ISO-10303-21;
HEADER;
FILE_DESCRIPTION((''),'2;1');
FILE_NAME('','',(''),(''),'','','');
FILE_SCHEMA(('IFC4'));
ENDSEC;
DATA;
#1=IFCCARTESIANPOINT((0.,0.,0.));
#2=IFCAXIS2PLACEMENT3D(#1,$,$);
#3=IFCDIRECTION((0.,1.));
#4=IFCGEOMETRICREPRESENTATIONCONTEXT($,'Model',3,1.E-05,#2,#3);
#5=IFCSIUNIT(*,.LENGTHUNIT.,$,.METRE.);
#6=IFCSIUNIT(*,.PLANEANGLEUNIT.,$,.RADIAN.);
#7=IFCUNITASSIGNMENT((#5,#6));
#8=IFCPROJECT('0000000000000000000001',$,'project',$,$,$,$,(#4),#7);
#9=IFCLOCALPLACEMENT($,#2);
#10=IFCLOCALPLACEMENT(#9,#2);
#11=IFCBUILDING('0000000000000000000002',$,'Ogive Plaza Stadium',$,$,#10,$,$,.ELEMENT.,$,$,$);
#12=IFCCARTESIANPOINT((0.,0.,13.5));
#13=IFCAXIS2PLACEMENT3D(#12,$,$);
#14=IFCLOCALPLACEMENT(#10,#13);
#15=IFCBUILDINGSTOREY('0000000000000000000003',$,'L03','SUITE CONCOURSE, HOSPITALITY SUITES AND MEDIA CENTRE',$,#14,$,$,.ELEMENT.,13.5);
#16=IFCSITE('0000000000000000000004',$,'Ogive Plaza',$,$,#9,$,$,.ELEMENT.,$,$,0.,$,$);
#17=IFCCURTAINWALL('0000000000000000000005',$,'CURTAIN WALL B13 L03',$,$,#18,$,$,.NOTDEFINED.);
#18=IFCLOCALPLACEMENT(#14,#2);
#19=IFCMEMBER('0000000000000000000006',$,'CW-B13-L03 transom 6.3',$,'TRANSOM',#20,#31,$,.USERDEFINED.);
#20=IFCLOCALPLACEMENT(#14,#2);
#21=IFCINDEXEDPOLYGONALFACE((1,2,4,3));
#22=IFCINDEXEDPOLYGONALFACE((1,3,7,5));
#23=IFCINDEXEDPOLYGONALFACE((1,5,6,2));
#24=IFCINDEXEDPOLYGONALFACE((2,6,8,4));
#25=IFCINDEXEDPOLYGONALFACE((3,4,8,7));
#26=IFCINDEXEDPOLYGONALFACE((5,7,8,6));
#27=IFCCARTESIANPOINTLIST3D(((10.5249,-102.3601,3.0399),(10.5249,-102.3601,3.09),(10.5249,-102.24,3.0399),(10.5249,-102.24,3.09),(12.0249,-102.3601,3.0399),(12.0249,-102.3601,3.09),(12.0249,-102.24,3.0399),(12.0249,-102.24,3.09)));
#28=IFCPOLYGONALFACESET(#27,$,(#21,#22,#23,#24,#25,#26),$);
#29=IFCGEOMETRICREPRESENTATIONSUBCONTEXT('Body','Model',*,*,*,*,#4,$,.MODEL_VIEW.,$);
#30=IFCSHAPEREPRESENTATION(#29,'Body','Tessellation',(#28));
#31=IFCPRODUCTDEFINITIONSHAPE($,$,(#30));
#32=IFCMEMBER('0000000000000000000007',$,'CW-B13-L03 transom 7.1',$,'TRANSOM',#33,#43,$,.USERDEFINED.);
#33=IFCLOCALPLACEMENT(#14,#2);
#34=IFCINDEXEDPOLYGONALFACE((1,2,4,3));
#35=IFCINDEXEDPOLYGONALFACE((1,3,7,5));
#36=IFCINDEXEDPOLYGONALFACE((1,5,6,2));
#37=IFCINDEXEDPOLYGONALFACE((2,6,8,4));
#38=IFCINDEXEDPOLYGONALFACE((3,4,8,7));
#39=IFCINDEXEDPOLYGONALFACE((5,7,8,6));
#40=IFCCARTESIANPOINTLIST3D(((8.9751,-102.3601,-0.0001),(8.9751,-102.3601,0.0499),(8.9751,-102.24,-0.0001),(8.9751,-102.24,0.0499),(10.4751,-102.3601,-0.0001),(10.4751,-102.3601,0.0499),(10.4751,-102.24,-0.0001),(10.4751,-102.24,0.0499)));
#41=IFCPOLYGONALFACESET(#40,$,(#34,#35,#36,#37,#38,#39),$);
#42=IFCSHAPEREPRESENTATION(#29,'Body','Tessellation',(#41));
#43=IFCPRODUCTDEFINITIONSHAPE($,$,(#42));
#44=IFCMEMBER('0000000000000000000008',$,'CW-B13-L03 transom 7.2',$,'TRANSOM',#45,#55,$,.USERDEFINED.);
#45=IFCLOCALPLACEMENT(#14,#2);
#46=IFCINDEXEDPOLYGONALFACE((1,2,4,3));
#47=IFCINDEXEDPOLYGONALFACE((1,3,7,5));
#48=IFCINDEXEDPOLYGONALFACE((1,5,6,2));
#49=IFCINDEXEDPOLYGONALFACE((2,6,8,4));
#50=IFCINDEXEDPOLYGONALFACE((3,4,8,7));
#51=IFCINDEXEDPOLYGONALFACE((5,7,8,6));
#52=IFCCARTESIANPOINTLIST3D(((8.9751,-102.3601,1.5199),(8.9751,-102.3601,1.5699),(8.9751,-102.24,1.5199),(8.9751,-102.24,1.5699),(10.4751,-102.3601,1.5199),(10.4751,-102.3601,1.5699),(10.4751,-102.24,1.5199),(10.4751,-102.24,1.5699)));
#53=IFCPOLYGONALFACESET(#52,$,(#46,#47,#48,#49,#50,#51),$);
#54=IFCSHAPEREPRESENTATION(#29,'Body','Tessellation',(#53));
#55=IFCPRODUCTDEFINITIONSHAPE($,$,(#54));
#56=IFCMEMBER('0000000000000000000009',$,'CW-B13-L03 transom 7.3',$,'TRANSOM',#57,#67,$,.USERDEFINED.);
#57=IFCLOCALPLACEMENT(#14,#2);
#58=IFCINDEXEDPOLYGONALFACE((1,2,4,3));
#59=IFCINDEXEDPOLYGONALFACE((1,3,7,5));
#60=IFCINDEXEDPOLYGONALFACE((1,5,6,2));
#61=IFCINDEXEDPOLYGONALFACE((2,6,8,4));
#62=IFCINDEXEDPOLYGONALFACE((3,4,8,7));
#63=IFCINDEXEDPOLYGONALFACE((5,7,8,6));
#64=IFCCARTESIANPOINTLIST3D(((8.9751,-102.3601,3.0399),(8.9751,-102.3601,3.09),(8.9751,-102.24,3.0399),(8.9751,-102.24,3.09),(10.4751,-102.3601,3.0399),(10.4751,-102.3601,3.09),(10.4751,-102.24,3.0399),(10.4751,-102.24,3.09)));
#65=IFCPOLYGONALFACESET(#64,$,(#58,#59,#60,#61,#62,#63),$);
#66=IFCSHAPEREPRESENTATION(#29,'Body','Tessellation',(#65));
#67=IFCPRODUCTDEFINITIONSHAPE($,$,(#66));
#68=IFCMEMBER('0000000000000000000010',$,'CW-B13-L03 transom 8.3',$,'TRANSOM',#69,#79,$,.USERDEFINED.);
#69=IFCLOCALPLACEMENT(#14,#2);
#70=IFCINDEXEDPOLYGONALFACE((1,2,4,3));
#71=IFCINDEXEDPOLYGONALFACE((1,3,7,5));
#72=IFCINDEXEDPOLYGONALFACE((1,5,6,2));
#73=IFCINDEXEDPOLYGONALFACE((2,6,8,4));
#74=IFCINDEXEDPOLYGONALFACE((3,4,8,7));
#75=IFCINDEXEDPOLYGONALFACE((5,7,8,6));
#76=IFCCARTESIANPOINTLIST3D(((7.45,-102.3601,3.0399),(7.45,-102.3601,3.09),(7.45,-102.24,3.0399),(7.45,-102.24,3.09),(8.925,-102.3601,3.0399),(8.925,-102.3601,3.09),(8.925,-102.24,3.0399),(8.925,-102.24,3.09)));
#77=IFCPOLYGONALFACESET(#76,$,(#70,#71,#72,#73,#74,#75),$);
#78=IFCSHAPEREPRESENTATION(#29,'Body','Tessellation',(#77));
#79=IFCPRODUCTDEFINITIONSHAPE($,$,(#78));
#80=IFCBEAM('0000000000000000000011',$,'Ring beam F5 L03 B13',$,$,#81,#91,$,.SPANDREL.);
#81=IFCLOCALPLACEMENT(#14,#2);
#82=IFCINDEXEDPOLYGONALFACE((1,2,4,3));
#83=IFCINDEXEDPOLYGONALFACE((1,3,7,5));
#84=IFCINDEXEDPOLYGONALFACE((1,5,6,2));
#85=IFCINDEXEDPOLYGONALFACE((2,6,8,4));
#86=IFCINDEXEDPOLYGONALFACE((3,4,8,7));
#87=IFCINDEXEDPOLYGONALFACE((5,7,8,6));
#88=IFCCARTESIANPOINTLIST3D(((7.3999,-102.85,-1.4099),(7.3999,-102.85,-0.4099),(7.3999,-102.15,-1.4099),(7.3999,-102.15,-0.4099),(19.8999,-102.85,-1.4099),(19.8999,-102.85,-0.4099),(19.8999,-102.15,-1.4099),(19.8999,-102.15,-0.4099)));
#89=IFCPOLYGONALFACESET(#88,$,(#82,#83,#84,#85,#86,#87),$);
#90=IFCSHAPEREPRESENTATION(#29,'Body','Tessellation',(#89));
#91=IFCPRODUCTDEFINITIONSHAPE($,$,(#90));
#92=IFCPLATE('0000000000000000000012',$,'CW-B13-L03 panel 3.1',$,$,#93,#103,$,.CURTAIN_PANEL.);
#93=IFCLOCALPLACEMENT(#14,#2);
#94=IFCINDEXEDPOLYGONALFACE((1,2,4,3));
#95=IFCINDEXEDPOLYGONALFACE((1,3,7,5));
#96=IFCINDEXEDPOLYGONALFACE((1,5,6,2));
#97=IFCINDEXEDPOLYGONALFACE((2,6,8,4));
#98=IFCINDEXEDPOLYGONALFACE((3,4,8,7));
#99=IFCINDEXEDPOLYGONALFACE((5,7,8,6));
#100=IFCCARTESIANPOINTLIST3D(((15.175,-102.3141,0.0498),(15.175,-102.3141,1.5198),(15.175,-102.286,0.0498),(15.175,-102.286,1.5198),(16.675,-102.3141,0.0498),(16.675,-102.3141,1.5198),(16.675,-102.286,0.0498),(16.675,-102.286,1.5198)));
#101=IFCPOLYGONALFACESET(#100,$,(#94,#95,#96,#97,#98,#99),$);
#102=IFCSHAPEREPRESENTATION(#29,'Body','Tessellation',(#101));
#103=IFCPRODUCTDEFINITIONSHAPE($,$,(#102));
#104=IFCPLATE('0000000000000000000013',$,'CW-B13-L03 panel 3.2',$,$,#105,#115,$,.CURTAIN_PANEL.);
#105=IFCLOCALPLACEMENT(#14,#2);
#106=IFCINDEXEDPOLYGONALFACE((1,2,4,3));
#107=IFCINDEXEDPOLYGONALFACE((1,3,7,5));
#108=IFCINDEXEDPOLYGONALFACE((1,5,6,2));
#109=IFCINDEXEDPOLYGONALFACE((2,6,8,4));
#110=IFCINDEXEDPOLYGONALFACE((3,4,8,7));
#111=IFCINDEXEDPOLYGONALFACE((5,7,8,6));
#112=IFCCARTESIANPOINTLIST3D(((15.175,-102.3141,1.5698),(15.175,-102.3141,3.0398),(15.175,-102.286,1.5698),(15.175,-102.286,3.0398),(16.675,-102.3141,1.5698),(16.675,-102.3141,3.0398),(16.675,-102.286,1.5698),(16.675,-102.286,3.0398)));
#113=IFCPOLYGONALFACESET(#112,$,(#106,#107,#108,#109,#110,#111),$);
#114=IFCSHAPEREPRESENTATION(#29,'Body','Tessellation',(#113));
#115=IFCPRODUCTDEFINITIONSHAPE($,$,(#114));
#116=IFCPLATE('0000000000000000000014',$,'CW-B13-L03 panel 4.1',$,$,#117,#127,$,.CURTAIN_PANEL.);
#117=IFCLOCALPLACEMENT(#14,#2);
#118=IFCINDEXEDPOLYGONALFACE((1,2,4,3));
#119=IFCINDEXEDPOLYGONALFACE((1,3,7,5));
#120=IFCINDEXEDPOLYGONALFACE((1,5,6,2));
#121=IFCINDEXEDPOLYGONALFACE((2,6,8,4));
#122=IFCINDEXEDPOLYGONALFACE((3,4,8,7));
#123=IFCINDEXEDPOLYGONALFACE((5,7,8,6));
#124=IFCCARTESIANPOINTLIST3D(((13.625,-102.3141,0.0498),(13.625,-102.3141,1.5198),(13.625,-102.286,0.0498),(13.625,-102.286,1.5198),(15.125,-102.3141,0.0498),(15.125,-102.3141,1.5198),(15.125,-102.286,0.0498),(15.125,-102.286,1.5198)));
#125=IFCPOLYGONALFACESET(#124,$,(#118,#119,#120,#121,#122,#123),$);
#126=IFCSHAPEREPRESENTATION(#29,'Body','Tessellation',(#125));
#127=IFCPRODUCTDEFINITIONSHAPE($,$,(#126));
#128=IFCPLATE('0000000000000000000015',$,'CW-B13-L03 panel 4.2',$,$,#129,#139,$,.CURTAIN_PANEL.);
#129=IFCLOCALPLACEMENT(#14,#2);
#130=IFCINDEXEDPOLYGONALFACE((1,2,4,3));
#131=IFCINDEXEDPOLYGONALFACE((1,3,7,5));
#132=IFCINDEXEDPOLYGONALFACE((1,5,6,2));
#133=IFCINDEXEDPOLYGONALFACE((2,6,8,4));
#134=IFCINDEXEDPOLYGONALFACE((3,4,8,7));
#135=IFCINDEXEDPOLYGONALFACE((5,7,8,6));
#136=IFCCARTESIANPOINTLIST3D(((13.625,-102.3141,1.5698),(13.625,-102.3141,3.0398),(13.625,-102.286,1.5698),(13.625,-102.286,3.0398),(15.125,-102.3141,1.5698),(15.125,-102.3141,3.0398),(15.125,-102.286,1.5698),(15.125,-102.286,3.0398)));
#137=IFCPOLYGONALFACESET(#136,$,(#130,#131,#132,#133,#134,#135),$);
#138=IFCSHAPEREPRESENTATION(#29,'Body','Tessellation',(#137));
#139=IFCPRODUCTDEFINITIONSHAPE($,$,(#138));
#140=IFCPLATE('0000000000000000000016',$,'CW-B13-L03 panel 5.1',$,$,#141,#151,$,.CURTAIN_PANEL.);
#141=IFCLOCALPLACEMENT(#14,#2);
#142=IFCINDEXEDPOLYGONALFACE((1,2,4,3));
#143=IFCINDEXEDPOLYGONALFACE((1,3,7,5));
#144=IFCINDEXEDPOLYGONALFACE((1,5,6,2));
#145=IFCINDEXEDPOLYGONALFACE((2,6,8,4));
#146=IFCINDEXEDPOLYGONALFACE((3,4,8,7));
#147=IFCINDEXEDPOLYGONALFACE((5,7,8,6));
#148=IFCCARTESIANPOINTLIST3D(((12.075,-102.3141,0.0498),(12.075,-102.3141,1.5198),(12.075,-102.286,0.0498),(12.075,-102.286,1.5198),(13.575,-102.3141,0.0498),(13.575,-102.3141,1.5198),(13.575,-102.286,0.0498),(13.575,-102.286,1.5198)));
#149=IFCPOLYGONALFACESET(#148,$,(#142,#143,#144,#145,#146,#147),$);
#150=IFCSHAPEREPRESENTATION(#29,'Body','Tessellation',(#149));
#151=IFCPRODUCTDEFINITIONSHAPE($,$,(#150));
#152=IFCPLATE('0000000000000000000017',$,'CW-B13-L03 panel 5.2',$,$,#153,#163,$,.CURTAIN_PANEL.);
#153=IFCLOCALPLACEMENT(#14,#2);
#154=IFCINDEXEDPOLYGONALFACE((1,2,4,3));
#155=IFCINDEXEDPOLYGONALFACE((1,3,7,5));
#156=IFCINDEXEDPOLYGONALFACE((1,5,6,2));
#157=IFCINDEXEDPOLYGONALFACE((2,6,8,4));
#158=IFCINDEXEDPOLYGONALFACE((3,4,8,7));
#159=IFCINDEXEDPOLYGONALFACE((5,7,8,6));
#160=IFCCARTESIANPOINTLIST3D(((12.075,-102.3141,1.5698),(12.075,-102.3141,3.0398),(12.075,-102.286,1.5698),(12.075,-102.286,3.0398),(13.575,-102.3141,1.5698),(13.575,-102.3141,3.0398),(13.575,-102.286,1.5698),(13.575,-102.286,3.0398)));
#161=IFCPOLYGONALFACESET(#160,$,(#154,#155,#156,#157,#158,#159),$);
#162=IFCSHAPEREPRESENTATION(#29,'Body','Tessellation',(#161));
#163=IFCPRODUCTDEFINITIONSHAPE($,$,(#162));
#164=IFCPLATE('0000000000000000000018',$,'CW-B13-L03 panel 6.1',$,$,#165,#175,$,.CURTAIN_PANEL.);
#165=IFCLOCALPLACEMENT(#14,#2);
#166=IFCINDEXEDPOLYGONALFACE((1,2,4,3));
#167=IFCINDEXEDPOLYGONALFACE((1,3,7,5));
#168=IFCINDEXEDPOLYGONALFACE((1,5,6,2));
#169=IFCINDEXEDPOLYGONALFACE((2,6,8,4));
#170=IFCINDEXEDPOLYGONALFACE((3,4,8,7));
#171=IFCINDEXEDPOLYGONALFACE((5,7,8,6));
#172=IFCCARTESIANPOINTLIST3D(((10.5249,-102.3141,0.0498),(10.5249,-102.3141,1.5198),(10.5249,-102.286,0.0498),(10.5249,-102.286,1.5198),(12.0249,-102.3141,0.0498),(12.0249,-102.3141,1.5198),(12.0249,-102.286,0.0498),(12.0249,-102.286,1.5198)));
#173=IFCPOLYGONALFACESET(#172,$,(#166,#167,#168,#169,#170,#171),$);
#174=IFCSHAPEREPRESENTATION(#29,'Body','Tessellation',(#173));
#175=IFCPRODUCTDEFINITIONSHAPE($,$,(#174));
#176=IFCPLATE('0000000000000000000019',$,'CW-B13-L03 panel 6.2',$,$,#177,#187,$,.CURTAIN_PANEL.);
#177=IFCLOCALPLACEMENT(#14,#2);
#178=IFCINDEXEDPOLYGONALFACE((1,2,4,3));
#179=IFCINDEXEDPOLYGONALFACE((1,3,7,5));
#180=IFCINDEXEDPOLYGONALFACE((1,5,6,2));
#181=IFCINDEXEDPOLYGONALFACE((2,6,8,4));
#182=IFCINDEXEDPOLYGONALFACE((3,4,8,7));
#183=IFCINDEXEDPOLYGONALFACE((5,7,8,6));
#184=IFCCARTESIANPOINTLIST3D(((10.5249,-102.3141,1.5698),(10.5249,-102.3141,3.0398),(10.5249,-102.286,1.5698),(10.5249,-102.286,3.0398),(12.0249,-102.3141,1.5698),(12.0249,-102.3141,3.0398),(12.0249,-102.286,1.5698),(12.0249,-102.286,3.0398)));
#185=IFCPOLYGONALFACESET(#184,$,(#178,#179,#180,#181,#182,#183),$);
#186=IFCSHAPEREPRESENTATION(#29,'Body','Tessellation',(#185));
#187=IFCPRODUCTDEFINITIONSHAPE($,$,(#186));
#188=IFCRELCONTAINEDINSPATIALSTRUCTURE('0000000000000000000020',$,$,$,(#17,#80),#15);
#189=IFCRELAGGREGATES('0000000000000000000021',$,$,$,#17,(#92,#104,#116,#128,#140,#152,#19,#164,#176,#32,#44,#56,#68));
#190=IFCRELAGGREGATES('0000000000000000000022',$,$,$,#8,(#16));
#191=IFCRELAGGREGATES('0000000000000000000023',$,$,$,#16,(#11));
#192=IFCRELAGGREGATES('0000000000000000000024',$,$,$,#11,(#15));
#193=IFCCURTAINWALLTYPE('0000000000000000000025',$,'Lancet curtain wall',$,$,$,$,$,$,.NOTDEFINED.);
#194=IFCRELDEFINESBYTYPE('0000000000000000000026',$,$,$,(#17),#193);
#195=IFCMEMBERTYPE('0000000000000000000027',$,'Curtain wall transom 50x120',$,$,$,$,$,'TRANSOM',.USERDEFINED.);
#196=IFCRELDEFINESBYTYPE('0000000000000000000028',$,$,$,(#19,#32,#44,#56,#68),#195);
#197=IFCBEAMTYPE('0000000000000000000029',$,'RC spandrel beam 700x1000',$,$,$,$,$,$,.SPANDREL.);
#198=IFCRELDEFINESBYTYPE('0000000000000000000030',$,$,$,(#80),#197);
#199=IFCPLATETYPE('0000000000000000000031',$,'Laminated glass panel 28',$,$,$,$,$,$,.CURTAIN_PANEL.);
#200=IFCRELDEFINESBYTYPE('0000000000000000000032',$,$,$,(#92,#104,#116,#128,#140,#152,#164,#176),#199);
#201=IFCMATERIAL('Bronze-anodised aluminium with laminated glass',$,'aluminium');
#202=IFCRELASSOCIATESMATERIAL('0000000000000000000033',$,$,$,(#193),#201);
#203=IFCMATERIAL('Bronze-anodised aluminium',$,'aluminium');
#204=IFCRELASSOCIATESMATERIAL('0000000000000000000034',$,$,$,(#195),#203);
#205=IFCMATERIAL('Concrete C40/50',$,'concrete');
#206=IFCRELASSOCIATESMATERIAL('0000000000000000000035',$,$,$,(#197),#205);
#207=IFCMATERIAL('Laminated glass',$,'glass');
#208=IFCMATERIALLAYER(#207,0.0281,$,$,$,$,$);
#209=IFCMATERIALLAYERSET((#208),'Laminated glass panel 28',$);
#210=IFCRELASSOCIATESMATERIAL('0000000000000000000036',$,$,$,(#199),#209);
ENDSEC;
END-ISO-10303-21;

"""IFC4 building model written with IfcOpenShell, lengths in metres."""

from ifc_helpers import new_model, si_unit, direction, frame, origin, origin_2d, place, context, subcontext, project, spatial, rectangle, extrude, material, layer, layer_set, material_profile, profile_set, type_object, element, aggregate, save


model = new_model("IFC4")

# Units and contexts
model_context = context("Model", 3, precision=1e-05, world=origin(), true_north=direction((0.0, 1.0)))
body_context = subcontext(model_context, "Body", "Model", "MODEL_VIEW")
ifc_project = project(units=[si_unit("LENGTHUNIT", "METRE"), si_unit("PLANEANGLEUNIT", "RADIAN")], contexts=[model_context])

# Site, building, storey
site_placement = place(None, origin())
site = spatial("IfcSite", under=ifc_project, at=site_placement, Name="Ogive Plaza", CompositionType="ELEMENT", RefElevation=0.0)
building_placement = place(site_placement, origin())
building = spatial("IfcBuilding", under=site, at=building_placement, Name="Ogive Plaza Stadium", CompositionType="ELEMENT")
storey_placement = place(building_placement, frame((0.0, 0.0, 13.5)))
storey = spatial("IfcBuildingStorey", under=building, at=storey_placement, Name="L03", Description="SUITE CONCOURSE, HOSPITALITY SUITES AND MEDIA CENTRE", CompositionType="ELEMENT", Elevation=13.5)

# Curtain wall, members
ifc_material_1 = material(Name="Bronze-anodised aluminium with laminated glass", Category="aluminium")
curtain_wall_type = type_object("IfcCurtainWallType", Name="Lancet curtain wall", PredefinedType="NOTDEFINED", material=ifc_material_1)
curtain_wall_placement = place(storey_placement, origin())
curtain_wall = element("IfcCurtainWall", 1, at=curtain_wall_placement, inside=storey, type_object=curtain_wall_type, Name="CURTAIN WALL B13 L03", PredefinedType="NOTDEFINED")
ifc_material_2 = material(Name="Bronze-anodised aluminium", Category="aluminium")
ifc_material_profile_1 = material_profile(ifc_material_2, rectangle(XDim=0.1201, YDim=0.05, at=origin_2d()), Name="AL 120x50")
ifc_profile_set_1 = profile_set([ifc_material_profile_1], Name="Bronze-anodised aluminium")
member_type_1 = type_object("IfcMemberType", Name="Curtain wall transom 50x120", ElementType="TRANSOM", PredefinedType="USERDEFINED", material=ifc_profile_set_1)
member_1_placement = place(storey_placement, frame((12.0249, -102.3, 3.0649), z_axis=(-1.0, 0.0, 0.0), x_axis=(0.0, -1.0, 0.0)))
member_1 = element("IfcMember", 2, at=member_1_placement, type_object=member_type_1, Name="CW-B13-L03 transom 6.3", ObjectType="TRANSOM", PredefinedType="USERDEFINED", context=body_context, shape_type="SweptSolid", body=[
    extrude(rectangle(XDim=0.1201, YDim=0.05, at=origin_2d()), origin(), (0.0, 0.0, 1.0), 1.5),
])
member_2_placement = place(storey_placement, frame((10.4751, -102.3, 0.0249), z_axis=(-1.0, 0.0, 0.0), x_axis=(0.0, -1.0, 0.0)))
member_2 = element("IfcMember", 3, at=member_2_placement, type_object=member_type_1, Name="CW-B13-L03 transom 7.1", ObjectType="TRANSOM", PredefinedType="USERDEFINED", context=body_context, shape_type="SweptSolid", body=[
    extrude(rectangle(XDim=0.1201, YDim=0.05, at=origin_2d()), origin(), (0.0, 0.0, 1.0), 1.5),
])
member_3_placement = place(storey_placement, frame((10.4751, -102.3, 1.5449), z_axis=(-1.0, 0.0, 0.0), x_axis=(0.0, -1.0, 0.0)))
member_3 = element("IfcMember", 4, at=member_3_placement, type_object=member_type_1, Name="CW-B13-L03 transom 7.2", ObjectType="TRANSOM", PredefinedType="USERDEFINED", context=body_context, shape_type="SweptSolid", body=[
    extrude(rectangle(XDim=0.1201, YDim=0.05, at=origin_2d()), origin(), (0.0, 0.0, 1.0), 1.5),
])
member_4_placement = place(storey_placement, frame((10.4751, -102.3, 3.0649), z_axis=(-1.0, 0.0, 0.0), x_axis=(0.0, -1.0, 0.0)))
member_4 = element("IfcMember", 5, at=member_4_placement, type_object=member_type_1, Name="CW-B13-L03 transom 7.3", ObjectType="TRANSOM", PredefinedType="USERDEFINED", context=body_context, shape_type="SweptSolid", body=[
    extrude(rectangle(XDim=0.1201, YDim=0.05, at=origin_2d()), origin(), (0.0, 0.0, 1.0), 1.5),
])
member_5_placement = place(storey_placement, frame((8.925, -102.3, 3.0649), z_axis=(-1.0, 0.0, 0.0), x_axis=(0.0, -1.0, 0.0)))
member_5 = element("IfcMember", 6, at=member_5_placement, type_object=member_type_1, Name="CW-B13-L03 transom 8.3", ObjectType="TRANSOM", PredefinedType="USERDEFINED", context=body_context, shape_type="SweptSolid", body=[
    extrude(rectangle(XDim=0.1201, YDim=0.05, at=origin_2d()), origin(), (0.0, 0.0, 1.0), 1.4751),
])

# Beam
ifc_material_3 = material(Name="Concrete C40/50", Category="concrete")
ifc_material_profile_2 = material_profile(ifc_material_3, rectangle(XDim=0.7, YDim=1.0, at=origin_2d()), Name="RC 700x1000")
ifc_profile_set_2 = profile_set([ifc_material_profile_2], Name="Concrete C40/50")
beam_type = type_object("IfcBeamType", Name="RC spandrel beam 700x1000", PredefinedType="SPANDREL", material=ifc_profile_set_2)
beam_placement = place(storey_placement, frame((19.8999, -102.5, -0.9099), z_axis=(-1.0, 0.0, 0.0), x_axis=(0.0, -1.0, 0.0)))
element("IfcBeam", 7, at=beam_placement, inside=storey, type_object=beam_type, Name="Ring beam F5 L03 B13", PredefinedType="SPANDREL", context=body_context, shape_type="SweptSolid", body=[
    extrude(rectangle(XDim=0.7, YDim=1.0, at=origin_2d()), origin(), (0.0, 0.0, 1.0), 12.5),
])

# Plates
ifc_material_4 = material(Name="Laminated glass", Category="glass")
ifc_layer_1 = layer(ifc_material_4, 0.0281)
ifc_layer_set_1 = layer_set([ifc_layer_1], Name="Laminated glass panel 28")
plate_type = type_object("IfcPlateType", Name="Laminated glass panel 28", PredefinedType="CURTAIN_PANEL", material=ifc_layer_set_1)
plate_1_placement = place(storey_placement, frame((15.925, -102.3, 0.0498), z_axis=(0.0, 0.0, 1.0), x_axis=(-1.0, 0.0, 0.0)))
plate_1 = element("IfcPlate", 8, at=plate_1_placement, type_object=plate_type, Name="CW-B13-L03 panel 3.1", PredefinedType="CURTAIN_PANEL", context=body_context, shape_type="SweptSolid", body=[
    extrude(rectangle(XDim=1.5, YDim=0.0281, at=origin_2d()), origin(), (0.0, 0.0, 1.0), 1.47),
])
plate_2_placement = place(storey_placement, frame((15.925, -102.3, 1.5698), z_axis=(0.0, 0.0, 1.0), x_axis=(-1.0, 0.0, 0.0)))
plate_2 = element("IfcPlate", 9, at=plate_2_placement, type_object=plate_type, Name="CW-B13-L03 panel 3.2", PredefinedType="CURTAIN_PANEL", context=body_context, shape_type="SweptSolid", body=[
    extrude(rectangle(XDim=1.5, YDim=0.0281, at=origin_2d()), origin(), (0.0, 0.0, 1.0), 1.47),
])
plate_3_placement = place(storey_placement, frame((14.375, -102.3, 0.0498), z_axis=(0.0, 0.0, 1.0), x_axis=(-1.0, 0.0, 0.0)))
plate_3 = element("IfcPlate", 10, at=plate_3_placement, type_object=plate_type, Name="CW-B13-L03 panel 4.1", PredefinedType="CURTAIN_PANEL", context=body_context, shape_type="SweptSolid", body=[
    extrude(rectangle(XDim=1.5, YDim=0.0281, at=origin_2d()), origin(), (0.0, 0.0, 1.0), 1.47),
])
plate_4_placement = place(storey_placement, frame((14.375, -102.3, 1.5698), z_axis=(0.0, 0.0, 1.0), x_axis=(-1.0, 0.0, 0.0)))
plate_4 = element("IfcPlate", 11, at=plate_4_placement, type_object=plate_type, Name="CW-B13-L03 panel 4.2", PredefinedType="CURTAIN_PANEL", context=body_context, shape_type="SweptSolid", body=[
    extrude(rectangle(XDim=1.5, YDim=0.0281, at=origin_2d()), origin(), (0.0, 0.0, 1.0), 1.47),
])
plate_5_placement = place(storey_placement, frame((12.825, -102.3, 0.0498), z_axis=(0.0, 0.0, 1.0), x_axis=(-1.0, 0.0, 0.0)))
plate_5 = element("IfcPlate", 12, at=plate_5_placement, type_object=plate_type, Name="CW-B13-L03 panel 5.1", PredefinedType="CURTAIN_PANEL", context=body_context, shape_type="SweptSolid", body=[
    extrude(rectangle(XDim=1.5, YDim=0.0281, at=origin_2d()), origin(), (0.0, 0.0, 1.0), 1.47),
])
plate_6_placement = place(storey_placement, frame((12.825, -102.3, 1.5698), z_axis=(0.0, 0.0, 1.0), x_axis=(-1.0, 0.0, 0.0)))
plate_6 = element("IfcPlate", 13, at=plate_6_placement, type_object=plate_type, Name="CW-B13-L03 panel 5.2", PredefinedType="CURTAIN_PANEL", context=body_context, shape_type="SweptSolid", body=[
    extrude(rectangle(XDim=1.5, YDim=0.0281, at=origin_2d()), origin(), (0.0, 0.0, 1.0), 1.47),
])
plate_7_placement = place(storey_placement, frame((11.2749, -102.3, 0.0498), z_axis=(0.0, 0.0, 1.0), x_axis=(-1.0, 0.0, 0.0)))
plate_7 = element("IfcPlate", 14, at=plate_7_placement, type_object=plate_type, Name="CW-B13-L03 panel 6.1", PredefinedType="CURTAIN_PANEL", context=body_context, shape_type="SweptSolid", body=[
    extrude(rectangle(XDim=1.5, YDim=0.0281, at=origin_2d()), origin(), (0.0, 0.0, 1.0), 1.47),
])
plate_8_placement = place(storey_placement, frame((11.2749, -102.3, 1.5698), z_axis=(0.0, 0.0, 1.0), x_axis=(-1.0, 0.0, 0.0)))
plate_8 = element("IfcPlate", 15, at=plate_8_placement, type_object=plate_type, Name="CW-B13-L03 panel 6.2", PredefinedType="CURTAIN_PANEL", context=body_context, shape_type="SweptSolid", body=[
    extrude(rectangle(XDim=1.5, YDim=0.0281, at=origin_2d()), origin(), (0.0, 0.0, 1.0), 1.47),
])
aggregate(curtain_wall, [plate_1, plate_2, plate_3, plate_4, plate_5, plate_6, member_1, plate_7, plate_8, member_2, member_3, member_4, member_5])

save(model, "model.ifc")
